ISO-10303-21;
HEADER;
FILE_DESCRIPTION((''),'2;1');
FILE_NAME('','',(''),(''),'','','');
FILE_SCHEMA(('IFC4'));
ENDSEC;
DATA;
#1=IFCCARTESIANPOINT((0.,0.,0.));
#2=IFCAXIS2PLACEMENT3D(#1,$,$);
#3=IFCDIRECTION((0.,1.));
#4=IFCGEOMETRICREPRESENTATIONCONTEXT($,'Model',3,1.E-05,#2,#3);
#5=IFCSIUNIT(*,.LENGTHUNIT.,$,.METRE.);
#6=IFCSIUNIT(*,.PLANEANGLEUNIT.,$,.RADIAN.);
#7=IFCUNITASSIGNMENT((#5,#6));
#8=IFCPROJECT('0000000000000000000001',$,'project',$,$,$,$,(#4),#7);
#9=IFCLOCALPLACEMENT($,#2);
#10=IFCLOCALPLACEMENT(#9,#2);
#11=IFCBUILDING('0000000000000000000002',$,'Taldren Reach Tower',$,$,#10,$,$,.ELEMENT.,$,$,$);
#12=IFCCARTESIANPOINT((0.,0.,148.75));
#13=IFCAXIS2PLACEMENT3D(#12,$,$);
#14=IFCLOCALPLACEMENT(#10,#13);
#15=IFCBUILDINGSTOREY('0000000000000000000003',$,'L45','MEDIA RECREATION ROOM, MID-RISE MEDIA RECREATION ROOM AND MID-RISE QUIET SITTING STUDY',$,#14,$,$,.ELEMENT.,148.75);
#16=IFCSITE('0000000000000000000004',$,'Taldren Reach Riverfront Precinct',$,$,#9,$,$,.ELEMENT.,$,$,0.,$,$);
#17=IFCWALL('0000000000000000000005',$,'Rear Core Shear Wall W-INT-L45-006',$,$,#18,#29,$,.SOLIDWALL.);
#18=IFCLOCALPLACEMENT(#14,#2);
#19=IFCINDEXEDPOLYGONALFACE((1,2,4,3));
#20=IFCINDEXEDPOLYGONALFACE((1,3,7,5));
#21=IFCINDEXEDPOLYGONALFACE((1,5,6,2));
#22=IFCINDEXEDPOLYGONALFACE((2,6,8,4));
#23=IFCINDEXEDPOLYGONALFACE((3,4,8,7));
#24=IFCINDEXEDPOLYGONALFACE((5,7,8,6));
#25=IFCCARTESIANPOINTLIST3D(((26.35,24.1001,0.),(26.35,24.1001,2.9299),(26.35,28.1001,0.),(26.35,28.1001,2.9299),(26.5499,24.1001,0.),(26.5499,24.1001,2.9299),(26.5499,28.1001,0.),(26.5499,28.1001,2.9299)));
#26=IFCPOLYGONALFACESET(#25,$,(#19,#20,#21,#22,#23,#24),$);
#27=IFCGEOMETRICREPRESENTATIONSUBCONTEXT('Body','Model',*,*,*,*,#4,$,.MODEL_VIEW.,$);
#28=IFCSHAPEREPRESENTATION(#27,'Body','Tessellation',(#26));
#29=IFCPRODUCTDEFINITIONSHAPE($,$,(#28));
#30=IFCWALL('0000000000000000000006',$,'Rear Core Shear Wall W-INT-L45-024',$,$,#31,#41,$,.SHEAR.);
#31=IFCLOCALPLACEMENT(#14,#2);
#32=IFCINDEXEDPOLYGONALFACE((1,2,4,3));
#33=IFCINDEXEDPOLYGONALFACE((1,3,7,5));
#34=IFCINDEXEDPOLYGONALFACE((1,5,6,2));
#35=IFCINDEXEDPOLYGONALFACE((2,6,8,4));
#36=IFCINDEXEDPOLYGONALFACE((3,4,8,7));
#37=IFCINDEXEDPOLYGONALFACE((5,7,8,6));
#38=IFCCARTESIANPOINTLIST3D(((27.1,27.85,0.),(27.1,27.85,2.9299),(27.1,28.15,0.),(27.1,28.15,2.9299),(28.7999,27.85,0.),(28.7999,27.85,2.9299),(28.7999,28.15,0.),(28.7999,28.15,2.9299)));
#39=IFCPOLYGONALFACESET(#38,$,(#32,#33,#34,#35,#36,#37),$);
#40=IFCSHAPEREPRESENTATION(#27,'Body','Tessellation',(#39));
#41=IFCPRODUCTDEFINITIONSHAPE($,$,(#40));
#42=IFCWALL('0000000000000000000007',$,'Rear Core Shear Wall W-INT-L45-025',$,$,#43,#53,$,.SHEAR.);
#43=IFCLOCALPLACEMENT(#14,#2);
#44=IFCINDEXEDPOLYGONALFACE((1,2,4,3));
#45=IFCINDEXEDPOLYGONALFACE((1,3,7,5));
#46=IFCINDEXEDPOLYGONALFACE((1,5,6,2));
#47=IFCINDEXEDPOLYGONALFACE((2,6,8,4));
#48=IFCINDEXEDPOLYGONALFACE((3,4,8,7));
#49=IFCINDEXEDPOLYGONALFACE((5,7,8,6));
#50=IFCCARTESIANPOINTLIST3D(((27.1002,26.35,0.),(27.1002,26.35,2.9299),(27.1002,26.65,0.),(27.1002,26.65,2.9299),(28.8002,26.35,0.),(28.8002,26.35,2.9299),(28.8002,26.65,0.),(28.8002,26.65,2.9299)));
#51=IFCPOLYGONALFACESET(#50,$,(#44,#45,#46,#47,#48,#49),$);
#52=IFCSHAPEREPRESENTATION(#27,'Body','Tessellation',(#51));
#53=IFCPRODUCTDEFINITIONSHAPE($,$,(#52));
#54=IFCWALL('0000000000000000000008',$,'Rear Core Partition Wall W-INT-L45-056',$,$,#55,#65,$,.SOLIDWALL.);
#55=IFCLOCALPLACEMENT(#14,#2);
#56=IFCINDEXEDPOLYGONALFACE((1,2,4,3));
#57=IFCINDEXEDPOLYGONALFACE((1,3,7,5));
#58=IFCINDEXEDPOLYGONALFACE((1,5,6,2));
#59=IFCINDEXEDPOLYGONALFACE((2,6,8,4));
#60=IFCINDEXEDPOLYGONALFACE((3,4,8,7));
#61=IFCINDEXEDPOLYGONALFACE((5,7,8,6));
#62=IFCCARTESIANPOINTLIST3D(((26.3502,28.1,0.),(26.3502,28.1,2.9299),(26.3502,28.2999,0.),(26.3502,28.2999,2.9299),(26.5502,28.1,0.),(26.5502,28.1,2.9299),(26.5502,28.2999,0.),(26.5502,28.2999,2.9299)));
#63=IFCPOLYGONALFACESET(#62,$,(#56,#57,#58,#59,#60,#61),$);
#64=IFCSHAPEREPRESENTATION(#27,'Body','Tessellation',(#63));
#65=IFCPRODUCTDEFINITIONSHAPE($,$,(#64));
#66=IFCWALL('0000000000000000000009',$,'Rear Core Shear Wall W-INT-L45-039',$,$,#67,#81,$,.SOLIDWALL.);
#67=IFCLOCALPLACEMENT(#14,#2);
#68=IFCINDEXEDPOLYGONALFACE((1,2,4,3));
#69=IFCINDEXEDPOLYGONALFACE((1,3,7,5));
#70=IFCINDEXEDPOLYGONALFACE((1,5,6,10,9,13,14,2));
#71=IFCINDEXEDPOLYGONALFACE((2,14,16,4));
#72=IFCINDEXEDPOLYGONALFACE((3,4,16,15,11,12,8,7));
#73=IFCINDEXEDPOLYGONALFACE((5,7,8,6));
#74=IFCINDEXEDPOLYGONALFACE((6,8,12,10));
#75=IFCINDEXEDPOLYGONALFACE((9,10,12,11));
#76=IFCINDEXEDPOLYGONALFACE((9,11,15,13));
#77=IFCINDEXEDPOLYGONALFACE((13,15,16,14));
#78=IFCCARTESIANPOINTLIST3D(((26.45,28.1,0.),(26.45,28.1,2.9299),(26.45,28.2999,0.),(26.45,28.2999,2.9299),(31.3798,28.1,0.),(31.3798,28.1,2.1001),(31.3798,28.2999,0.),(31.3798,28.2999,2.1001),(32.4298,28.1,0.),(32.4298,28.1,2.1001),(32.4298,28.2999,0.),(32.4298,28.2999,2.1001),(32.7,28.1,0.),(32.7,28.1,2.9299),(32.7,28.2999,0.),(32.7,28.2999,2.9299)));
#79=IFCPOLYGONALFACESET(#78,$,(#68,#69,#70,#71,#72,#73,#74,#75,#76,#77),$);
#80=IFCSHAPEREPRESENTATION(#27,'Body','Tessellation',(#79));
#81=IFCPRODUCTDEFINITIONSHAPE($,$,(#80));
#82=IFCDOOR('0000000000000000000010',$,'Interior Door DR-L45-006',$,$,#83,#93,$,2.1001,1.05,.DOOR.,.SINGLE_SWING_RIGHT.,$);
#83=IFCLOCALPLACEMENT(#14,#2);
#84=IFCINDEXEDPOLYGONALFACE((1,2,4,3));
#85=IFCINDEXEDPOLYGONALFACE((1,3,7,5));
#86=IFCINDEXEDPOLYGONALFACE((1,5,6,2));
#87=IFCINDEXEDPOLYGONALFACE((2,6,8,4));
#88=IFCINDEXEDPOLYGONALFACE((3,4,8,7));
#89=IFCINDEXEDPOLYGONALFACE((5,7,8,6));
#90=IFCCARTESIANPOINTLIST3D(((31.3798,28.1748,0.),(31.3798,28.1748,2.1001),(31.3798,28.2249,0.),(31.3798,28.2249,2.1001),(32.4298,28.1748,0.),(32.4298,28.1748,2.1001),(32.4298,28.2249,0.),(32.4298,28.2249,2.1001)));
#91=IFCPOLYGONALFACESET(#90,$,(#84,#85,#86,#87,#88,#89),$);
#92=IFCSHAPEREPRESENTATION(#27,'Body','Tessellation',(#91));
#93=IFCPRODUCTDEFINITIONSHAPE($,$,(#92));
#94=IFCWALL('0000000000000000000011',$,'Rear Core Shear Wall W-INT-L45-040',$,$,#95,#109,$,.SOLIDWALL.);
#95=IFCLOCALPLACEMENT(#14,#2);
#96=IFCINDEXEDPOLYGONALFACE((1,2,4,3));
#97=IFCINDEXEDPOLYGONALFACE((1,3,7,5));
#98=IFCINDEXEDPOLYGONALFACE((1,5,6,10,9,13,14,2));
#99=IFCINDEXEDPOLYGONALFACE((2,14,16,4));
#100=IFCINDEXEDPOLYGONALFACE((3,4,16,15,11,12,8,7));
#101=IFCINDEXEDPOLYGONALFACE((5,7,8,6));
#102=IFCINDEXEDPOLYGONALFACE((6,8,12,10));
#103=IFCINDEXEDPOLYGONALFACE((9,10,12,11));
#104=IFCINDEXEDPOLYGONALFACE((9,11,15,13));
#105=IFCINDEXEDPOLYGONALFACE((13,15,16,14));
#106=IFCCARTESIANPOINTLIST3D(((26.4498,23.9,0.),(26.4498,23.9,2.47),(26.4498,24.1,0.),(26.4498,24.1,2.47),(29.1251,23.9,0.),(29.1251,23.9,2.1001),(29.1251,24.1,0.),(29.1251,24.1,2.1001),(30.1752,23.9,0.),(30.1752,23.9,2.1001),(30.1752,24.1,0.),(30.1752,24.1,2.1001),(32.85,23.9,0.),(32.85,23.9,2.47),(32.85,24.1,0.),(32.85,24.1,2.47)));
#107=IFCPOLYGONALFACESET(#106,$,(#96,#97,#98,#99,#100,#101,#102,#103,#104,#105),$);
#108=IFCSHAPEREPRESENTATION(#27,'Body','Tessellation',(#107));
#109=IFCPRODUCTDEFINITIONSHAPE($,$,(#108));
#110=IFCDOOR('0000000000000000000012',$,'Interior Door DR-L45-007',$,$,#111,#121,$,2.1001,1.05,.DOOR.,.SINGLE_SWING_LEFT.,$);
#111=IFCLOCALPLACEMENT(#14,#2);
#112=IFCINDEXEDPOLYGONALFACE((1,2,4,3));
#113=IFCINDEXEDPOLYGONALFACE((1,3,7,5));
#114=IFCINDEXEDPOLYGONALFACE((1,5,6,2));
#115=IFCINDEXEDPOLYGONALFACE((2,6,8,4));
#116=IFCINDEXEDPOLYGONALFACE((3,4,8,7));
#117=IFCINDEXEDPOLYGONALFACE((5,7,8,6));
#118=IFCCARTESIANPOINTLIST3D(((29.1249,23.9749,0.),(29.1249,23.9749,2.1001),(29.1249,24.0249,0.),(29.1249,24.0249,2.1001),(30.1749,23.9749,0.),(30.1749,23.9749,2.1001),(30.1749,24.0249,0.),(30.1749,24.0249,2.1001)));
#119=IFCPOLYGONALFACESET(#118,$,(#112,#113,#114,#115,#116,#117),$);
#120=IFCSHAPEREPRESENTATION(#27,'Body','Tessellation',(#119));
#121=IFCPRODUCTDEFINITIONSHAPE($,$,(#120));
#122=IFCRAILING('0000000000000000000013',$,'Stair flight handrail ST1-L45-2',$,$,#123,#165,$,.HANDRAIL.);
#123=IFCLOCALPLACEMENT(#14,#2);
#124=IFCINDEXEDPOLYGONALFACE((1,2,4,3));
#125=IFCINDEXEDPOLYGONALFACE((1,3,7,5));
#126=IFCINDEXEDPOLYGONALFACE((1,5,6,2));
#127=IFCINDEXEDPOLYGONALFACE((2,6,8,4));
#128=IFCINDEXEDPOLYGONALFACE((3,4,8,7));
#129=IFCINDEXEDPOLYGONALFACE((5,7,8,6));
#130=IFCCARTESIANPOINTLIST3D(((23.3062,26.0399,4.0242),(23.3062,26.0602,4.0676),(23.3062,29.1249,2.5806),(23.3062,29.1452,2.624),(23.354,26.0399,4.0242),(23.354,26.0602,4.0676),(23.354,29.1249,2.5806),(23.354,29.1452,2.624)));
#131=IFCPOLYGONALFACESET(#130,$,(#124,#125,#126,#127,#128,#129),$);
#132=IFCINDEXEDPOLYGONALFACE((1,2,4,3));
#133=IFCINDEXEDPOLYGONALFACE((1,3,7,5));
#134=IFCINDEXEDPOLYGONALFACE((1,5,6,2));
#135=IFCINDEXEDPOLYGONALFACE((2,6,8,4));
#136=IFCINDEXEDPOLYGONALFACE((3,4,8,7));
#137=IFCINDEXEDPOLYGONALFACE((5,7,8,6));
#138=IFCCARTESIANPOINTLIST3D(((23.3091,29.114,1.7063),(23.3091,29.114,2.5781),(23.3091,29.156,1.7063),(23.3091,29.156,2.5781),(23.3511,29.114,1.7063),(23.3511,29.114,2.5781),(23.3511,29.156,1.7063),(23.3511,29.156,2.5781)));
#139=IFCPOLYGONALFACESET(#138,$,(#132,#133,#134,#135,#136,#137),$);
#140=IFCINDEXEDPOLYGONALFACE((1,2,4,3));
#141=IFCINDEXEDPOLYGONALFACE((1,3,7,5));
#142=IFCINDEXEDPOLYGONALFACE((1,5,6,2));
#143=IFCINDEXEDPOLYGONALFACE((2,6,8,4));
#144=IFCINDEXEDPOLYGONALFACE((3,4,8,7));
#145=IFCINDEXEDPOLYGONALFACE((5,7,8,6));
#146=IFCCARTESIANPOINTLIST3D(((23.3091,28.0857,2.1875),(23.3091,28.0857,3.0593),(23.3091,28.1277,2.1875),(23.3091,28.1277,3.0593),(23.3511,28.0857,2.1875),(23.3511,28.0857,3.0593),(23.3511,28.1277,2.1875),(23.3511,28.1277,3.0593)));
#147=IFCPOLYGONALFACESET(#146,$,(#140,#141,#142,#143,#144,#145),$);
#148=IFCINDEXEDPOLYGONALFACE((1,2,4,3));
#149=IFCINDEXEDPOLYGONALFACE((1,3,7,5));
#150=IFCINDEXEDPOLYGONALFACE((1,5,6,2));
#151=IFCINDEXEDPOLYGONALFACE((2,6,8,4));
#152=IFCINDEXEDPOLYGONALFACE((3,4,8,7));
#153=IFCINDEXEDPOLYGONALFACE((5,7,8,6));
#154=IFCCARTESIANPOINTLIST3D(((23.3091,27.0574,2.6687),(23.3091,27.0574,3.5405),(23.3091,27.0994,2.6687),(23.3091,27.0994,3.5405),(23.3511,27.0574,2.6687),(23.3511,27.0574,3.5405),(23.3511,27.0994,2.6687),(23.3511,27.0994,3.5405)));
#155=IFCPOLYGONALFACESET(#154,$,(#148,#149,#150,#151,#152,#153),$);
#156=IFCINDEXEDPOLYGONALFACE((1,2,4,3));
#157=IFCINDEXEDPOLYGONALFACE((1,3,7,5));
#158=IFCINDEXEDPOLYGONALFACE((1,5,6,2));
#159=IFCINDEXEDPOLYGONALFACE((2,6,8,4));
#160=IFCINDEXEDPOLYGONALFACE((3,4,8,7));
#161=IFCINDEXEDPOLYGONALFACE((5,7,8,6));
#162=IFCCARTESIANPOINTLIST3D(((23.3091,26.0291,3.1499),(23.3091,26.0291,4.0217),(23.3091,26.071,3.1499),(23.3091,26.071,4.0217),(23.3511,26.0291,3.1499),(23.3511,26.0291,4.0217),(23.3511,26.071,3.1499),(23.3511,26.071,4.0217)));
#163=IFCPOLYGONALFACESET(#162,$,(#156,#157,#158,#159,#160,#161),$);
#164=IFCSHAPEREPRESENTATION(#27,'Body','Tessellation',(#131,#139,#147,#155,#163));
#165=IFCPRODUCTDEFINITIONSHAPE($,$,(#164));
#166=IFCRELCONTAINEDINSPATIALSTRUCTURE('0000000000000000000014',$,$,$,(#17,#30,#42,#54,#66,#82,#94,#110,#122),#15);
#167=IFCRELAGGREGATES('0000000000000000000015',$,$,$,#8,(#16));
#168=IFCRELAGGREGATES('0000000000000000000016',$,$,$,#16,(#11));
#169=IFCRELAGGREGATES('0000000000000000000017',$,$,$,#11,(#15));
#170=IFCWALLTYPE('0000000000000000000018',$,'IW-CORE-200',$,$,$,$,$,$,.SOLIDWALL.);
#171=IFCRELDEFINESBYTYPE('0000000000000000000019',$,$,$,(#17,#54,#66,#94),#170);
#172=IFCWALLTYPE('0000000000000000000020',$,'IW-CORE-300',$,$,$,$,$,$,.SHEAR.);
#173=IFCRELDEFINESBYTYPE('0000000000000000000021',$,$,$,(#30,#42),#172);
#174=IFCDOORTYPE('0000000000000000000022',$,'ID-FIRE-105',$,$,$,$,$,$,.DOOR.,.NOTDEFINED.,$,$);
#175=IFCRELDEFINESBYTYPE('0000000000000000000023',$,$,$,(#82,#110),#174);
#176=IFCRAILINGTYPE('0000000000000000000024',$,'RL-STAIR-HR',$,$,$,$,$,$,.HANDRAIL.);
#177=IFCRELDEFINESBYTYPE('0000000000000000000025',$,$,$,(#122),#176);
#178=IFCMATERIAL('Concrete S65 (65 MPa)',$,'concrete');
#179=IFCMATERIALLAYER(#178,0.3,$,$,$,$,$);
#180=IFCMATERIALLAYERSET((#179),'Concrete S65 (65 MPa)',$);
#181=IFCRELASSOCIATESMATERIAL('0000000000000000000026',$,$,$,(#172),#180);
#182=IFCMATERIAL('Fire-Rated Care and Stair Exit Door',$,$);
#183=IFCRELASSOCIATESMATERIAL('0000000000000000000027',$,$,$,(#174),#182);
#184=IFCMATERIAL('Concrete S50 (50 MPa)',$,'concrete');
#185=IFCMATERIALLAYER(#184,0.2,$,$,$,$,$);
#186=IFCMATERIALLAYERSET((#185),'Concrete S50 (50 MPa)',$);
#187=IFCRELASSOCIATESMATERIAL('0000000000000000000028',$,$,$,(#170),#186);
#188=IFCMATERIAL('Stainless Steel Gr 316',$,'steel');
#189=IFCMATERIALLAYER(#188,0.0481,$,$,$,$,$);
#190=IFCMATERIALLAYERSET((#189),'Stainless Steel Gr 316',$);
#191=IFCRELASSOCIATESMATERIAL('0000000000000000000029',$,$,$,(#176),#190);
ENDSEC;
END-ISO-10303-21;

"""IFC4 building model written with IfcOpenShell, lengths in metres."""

from ifc_helpers import new_model, si_unit, direction, frame, frame_2d, origin, origin_2d, place, context, subcontext, project, spatial, rectangle, extrude, source, transform, mapped, material, layer, layer_set, type_object, element, fill, save


model = new_model("IFC4")

# Units and contexts
model_context = context("Model", 3, precision=1e-05, world=origin(), true_north=direction((0.0, 1.0)))
body_context = subcontext(model_context, "Body", "Model", "MODEL_VIEW")
ifc_project = project(units=[si_unit("LENGTHUNIT", "METRE"), si_unit("PLANEANGLEUNIT", "RADIAN")], contexts=[model_context])

# Site, building, storey
site_placement = place(None, origin())
site = spatial("IfcSite", under=ifc_project, at=site_placement, Name="Taldren Reach Riverfront Precinct", CompositionType="ELEMENT", RefElevation=0.0)
building_placement = place(site_placement, origin())
building = spatial("IfcBuilding", under=site, at=building_placement, Name="Taldren Reach Tower", CompositionType="ELEMENT")
storey_placement = place(building_placement, frame((0.0, 0.0, 148.75)))
storey = spatial("IfcBuildingStorey", under=building, at=storey_placement, Name="L45", Description="MEDIA RECREATION ROOM, MID-RISE MEDIA RECREATION ROOM AND MID-RISE QUIET SITTING STUDY", CompositionType="ELEMENT", Elevation=148.75)

# Shared definitions
ifc_material_1 = material(Name="Concrete S65 (65 MPa)", Category="concrete")
ifc_layer_1 = layer(ifc_material_1, 0.3)
ifc_layer_set_1 = layer_set([ifc_layer_1], Name="Concrete S65 (65 MPa)")
wall_type_1 = type_object("IfcWallType", Name="IW-CORE-300", PredefinedType="SHEAR", material=ifc_layer_set_1)

# Shared definitions
ifc_material_2 = material(Name="Fire-Rated Care and Stair Exit Door")
door_type_1 = type_object("IfcDoorType", Name="ID-FIRE-105", OperationType="NOTDEFINED", PredefinedType="DOOR", material=ifc_material_2)
shared_shape_1 = source(origin(), body_context, "Body", "SweptSolid", [
    extrude(rectangle(XDim=1.05, YDim=2.1001, at=frame_2d((0.5249, 1.05))), frame((0.0, 0.0249, 0.0), z_axis=(0.0, -1.0, 0.0), x_axis=(1.0, 0.0, 0.0)), (0.0, 0.0, 1.0), 0.05),
])

# Shared definitions
ifc_material_3 = material(Name="Concrete S50 (50 MPa)", Category="concrete")
ifc_layer_2 = layer(ifc_material_3, 0.2)
ifc_layer_set_2 = layer_set([ifc_layer_2], Name="Concrete S50 (50 MPa)")
wall_type_2 = type_object("IfcWallType", Name="IW-CORE-200", PredefinedType="SOLIDWALL", material=ifc_layer_set_2)

# Shared definitions
shared_shape_2 = source(origin(), body_context, "Body", "SweptSolid", [
    extrude(rectangle(XDim=1.05, YDim=2.1001, at=frame_2d((0.5249, 1.05))), frame((0.0, 0.1099, 0.0), z_axis=(0.0, -1.0, 0.0), x_axis=(1.0, 0.0, 0.0)), (0.0, 0.0, 1.0), 0.22),
])

# Walls
shared_shape_3 = source(origin(), body_context, "Body", "SweptSolid", [
    extrude(rectangle(XDim=4.0, YDim=0.2, at=frame_2d((2.0, 0.0))), origin(), (0.0, 0.0, 1.0), 2.9299),
])
wall_1_placement = place(storey_placement, frame((26.45, 24.1001, 0.0), z_axis=(0.0, 0.0, 1.0), x_axis=(0.0, 1.0, 0.0)))
element("IfcWall", 1, at=wall_1_placement, inside=storey, type_object=wall_type_2, Name="Rear Core Shear Wall W-INT-L45-006", PredefinedType="SOLIDWALL", context=body_context, shape_type="MappedRepresentation", body=[
    mapped(shared_shape_3, transform((0.0, 0.0, 0.0), scale=1.0)),
])
shared_shape_4 = source(origin(), body_context, "Body", "SweptSolid", [
    extrude(rectangle(XDim=1.7, YDim=0.3, at=frame_2d((0.8501, 0.0))), origin(), (0.0, 0.0, 1.0), 2.9299),
])
for number, where, z_axis, x_axis, name in (
    (2, (28.8, 28.0, 0.0), (0.0, 0.0, 1.0), (-1.0, 0.0, 0.0), "Rear Core Shear Wall W-INT-L45-024"),
    (3, (27.1001, 26.5, 0.0), (0.0, 0.0, 1.0), (1.0, 0.0, 0.0), "Rear Core Shear Wall W-INT-L45-025"),
):
    element("IfcWall", number, at=place(storey_placement, frame(where, z_axis=z_axis, x_axis=x_axis)), inside=storey, type_object=wall_type_1, Name=name, PredefinedType="SHEAR", context=body_context, shape_type="MappedRepresentation", body=[
        mapped(shared_shape_4, transform((0.0, 0.0, 0.0), scale=1.0)),
    ])
shared_shape_5 = source(origin(), body_context, "Body", "SweptSolid", [
    extrude(rectangle(XDim=0.2, YDim=0.2, at=frame_2d((0.1001, 0.0))), origin(), (0.0, 0.0, 1.0), 2.9299),
])
wall_2_placement = place(storey_placement, frame((26.3501, 28.2, 0.0), z_axis=(0.0, 0.0, 1.0), x_axis=(1.0, 0.0, 0.0)))
element("IfcWall", 4, at=wall_2_placement, inside=storey, type_object=wall_type_2, Name="Rear Core Partition Wall W-INT-L45-056", PredefinedType="SOLIDWALL", context=body_context, shape_type="MappedRepresentation", body=[
    mapped(shared_shape_5, transform((0.0, 0.0, 0.0), scale=1.0)),
])

# Walls, openings, doors
shared_shape_6 = source(origin(), body_context, "Body", "SweptSolid", [
    extrude(rectangle(XDim=6.25, YDim=0.2, at=frame_2d((3.125, 0.0))), origin(), (0.0, 0.0, 1.0), 2.9299),
])
wall_3_placement = place(storey_placement, frame((26.45, 28.2, 0.0), z_axis=(0.0, 0.0, 1.0), x_axis=(1.0, 0.0, 0.0)))
wall_3 = element("IfcWall", 5, at=wall_3_placement, inside=storey, type_object=wall_type_2, Name="Rear Core Shear Wall W-INT-L45-039", PredefinedType="SOLIDWALL", context=body_context, shape_type="MappedRepresentation", body=[
    mapped(shared_shape_6, transform((0.0, 0.0, 0.0), scale=1.0)),
])
opening_1_placement = place(wall_3_placement, frame((4.9299, 0.0, 0.0)))
opening_1 = element("IfcOpeningElement", 6, at=opening_1_placement, cuts=wall_3, PredefinedType="OPENING", context=body_context, shape_type="MappedRepresentation", body=[
    mapped(shared_shape_2, transform((0.0, 0.0, 0.0), scale=1.0)),
])
door_1_placement = place(opening_1_placement, origin())
door_1 = element("IfcDoor", 7, at=door_1_placement, inside=storey, type_object=door_type_1, Name="Interior Door DR-L45-006", OperationType="SINGLE_SWING_RIGHT", OverallHeight=2.1001, OverallWidth=1.05, PredefinedType="DOOR", context=body_context, shape_type="MappedRepresentation", body=[
    mapped(shared_shape_1, transform((0.0, 0.0, 0.0), scale=1.0)),
])
fill(opening_1, door_1)
shared_shape_7 = source(origin(), body_context, "Body", "SweptSolid", [
    extrude(rectangle(XDim=6.4001, YDim=0.2, at=frame_2d((3.2002, 0.0))), origin(), (0.0, 0.0, 1.0), 2.47),
])
wall_4_placement = place(storey_placement, frame((32.8501, 24.0, 0.0), z_axis=(0.0, 0.0, 1.0), x_axis=(-1.0, 0.0, 0.0)))
wall_4 = element("IfcWall", 8, at=wall_4_placement, inside=storey, type_object=wall_type_2, Name="Rear Core Shear Wall W-INT-L45-040", PredefinedType="SOLIDWALL", context=body_context, shape_type="MappedRepresentation", body=[
    mapped(shared_shape_7, transform((0.0, 0.0, 0.0), scale=1.0)),
])
opening_2_placement = place(wall_4_placement, frame((2.675, 0.0, 0.0)))
opening_2 = element("IfcOpeningElement", 9, at=opening_2_placement, cuts=wall_4, PredefinedType="OPENING", context=body_context, shape_type="MappedRepresentation", body=[
    mapped(shared_shape_2, transform((0.0, 0.0, 0.0), scale=1.0)),
])
door_2_placement = place(opening_2_placement, frame((1.05, 0.0, 0.0), z_axis=(0.0, 0.0, 1.0), x_axis=(-1.0, 0.0, 0.0)))
door_2 = element("IfcDoor", 10, at=door_2_placement, inside=storey, type_object=door_type_1, Name="Interior Door DR-L45-007", OperationType="SINGLE_SWING_LEFT", OverallHeight=2.1001, OverallWidth=1.05, PredefinedType="DOOR", context=body_context, shape_type="MappedRepresentation", body=[
    mapped(shared_shape_1, transform((0.0, 0.0, 0.0), scale=1.0)),
])
fill(opening_2, door_2)

# Railing
ifc_material_4 = material(Name="Stainless Steel Gr 316", Category="steel")
ifc_layer_3 = layer(ifc_material_4, 0.0481)
ifc_layer_set_3 = layer_set([ifc_layer_3], Name="Stainless Steel Gr 316")
railing_type = type_object("IfcRailingType", Name="RL-STAIR-HR", PredefinedType="HANDRAIL", material=ifc_layer_set_3)
railing_placement = place(storey_placement, frame((23.3301, 29.135, 1.7063)))
element("IfcRailing", 11, at=railing_placement, inside=storey, type_object=railing_type, Name="Stair flight handrail ST1-L45-2", PredefinedType="HANDRAIL", context=body_context, shape_type="SweptSolid", body=[
    extrude(rectangle(XDim=0.0479, YDim=0.0479, at=origin_2d()), frame((0.0, 0.0, 0.896), z_axis=(0.0, -0.905738, 0.423839), x_axis=(1.0, 0.0, 0.0)), (0.0, 0.0, 1.0), 3.406),
    extrude(rectangle(XDim=0.042, YDim=0.042, at=origin_2d()), origin(), (0.0, 0.0, 1.0), 0.8718),
    extrude(rectangle(XDim=0.042, YDim=0.042, at=origin_2d()), frame((0.0, -1.0283, 0.4812)), (0.0, 0.0, 1.0), 0.8718),
    extrude(rectangle(XDim=0.042, YDim=0.042, at=origin_2d()), frame((0.0, -2.0566, 0.9624)), (0.0, 0.0, 1.0), 0.8718),
    extrude(rectangle(XDim=0.042, YDim=0.042, at=origin_2d()), frame((0.0, -3.085, 1.4436)), (0.0, 0.0, 1.0), 0.8718),
])

save(model, "model.ifc")
